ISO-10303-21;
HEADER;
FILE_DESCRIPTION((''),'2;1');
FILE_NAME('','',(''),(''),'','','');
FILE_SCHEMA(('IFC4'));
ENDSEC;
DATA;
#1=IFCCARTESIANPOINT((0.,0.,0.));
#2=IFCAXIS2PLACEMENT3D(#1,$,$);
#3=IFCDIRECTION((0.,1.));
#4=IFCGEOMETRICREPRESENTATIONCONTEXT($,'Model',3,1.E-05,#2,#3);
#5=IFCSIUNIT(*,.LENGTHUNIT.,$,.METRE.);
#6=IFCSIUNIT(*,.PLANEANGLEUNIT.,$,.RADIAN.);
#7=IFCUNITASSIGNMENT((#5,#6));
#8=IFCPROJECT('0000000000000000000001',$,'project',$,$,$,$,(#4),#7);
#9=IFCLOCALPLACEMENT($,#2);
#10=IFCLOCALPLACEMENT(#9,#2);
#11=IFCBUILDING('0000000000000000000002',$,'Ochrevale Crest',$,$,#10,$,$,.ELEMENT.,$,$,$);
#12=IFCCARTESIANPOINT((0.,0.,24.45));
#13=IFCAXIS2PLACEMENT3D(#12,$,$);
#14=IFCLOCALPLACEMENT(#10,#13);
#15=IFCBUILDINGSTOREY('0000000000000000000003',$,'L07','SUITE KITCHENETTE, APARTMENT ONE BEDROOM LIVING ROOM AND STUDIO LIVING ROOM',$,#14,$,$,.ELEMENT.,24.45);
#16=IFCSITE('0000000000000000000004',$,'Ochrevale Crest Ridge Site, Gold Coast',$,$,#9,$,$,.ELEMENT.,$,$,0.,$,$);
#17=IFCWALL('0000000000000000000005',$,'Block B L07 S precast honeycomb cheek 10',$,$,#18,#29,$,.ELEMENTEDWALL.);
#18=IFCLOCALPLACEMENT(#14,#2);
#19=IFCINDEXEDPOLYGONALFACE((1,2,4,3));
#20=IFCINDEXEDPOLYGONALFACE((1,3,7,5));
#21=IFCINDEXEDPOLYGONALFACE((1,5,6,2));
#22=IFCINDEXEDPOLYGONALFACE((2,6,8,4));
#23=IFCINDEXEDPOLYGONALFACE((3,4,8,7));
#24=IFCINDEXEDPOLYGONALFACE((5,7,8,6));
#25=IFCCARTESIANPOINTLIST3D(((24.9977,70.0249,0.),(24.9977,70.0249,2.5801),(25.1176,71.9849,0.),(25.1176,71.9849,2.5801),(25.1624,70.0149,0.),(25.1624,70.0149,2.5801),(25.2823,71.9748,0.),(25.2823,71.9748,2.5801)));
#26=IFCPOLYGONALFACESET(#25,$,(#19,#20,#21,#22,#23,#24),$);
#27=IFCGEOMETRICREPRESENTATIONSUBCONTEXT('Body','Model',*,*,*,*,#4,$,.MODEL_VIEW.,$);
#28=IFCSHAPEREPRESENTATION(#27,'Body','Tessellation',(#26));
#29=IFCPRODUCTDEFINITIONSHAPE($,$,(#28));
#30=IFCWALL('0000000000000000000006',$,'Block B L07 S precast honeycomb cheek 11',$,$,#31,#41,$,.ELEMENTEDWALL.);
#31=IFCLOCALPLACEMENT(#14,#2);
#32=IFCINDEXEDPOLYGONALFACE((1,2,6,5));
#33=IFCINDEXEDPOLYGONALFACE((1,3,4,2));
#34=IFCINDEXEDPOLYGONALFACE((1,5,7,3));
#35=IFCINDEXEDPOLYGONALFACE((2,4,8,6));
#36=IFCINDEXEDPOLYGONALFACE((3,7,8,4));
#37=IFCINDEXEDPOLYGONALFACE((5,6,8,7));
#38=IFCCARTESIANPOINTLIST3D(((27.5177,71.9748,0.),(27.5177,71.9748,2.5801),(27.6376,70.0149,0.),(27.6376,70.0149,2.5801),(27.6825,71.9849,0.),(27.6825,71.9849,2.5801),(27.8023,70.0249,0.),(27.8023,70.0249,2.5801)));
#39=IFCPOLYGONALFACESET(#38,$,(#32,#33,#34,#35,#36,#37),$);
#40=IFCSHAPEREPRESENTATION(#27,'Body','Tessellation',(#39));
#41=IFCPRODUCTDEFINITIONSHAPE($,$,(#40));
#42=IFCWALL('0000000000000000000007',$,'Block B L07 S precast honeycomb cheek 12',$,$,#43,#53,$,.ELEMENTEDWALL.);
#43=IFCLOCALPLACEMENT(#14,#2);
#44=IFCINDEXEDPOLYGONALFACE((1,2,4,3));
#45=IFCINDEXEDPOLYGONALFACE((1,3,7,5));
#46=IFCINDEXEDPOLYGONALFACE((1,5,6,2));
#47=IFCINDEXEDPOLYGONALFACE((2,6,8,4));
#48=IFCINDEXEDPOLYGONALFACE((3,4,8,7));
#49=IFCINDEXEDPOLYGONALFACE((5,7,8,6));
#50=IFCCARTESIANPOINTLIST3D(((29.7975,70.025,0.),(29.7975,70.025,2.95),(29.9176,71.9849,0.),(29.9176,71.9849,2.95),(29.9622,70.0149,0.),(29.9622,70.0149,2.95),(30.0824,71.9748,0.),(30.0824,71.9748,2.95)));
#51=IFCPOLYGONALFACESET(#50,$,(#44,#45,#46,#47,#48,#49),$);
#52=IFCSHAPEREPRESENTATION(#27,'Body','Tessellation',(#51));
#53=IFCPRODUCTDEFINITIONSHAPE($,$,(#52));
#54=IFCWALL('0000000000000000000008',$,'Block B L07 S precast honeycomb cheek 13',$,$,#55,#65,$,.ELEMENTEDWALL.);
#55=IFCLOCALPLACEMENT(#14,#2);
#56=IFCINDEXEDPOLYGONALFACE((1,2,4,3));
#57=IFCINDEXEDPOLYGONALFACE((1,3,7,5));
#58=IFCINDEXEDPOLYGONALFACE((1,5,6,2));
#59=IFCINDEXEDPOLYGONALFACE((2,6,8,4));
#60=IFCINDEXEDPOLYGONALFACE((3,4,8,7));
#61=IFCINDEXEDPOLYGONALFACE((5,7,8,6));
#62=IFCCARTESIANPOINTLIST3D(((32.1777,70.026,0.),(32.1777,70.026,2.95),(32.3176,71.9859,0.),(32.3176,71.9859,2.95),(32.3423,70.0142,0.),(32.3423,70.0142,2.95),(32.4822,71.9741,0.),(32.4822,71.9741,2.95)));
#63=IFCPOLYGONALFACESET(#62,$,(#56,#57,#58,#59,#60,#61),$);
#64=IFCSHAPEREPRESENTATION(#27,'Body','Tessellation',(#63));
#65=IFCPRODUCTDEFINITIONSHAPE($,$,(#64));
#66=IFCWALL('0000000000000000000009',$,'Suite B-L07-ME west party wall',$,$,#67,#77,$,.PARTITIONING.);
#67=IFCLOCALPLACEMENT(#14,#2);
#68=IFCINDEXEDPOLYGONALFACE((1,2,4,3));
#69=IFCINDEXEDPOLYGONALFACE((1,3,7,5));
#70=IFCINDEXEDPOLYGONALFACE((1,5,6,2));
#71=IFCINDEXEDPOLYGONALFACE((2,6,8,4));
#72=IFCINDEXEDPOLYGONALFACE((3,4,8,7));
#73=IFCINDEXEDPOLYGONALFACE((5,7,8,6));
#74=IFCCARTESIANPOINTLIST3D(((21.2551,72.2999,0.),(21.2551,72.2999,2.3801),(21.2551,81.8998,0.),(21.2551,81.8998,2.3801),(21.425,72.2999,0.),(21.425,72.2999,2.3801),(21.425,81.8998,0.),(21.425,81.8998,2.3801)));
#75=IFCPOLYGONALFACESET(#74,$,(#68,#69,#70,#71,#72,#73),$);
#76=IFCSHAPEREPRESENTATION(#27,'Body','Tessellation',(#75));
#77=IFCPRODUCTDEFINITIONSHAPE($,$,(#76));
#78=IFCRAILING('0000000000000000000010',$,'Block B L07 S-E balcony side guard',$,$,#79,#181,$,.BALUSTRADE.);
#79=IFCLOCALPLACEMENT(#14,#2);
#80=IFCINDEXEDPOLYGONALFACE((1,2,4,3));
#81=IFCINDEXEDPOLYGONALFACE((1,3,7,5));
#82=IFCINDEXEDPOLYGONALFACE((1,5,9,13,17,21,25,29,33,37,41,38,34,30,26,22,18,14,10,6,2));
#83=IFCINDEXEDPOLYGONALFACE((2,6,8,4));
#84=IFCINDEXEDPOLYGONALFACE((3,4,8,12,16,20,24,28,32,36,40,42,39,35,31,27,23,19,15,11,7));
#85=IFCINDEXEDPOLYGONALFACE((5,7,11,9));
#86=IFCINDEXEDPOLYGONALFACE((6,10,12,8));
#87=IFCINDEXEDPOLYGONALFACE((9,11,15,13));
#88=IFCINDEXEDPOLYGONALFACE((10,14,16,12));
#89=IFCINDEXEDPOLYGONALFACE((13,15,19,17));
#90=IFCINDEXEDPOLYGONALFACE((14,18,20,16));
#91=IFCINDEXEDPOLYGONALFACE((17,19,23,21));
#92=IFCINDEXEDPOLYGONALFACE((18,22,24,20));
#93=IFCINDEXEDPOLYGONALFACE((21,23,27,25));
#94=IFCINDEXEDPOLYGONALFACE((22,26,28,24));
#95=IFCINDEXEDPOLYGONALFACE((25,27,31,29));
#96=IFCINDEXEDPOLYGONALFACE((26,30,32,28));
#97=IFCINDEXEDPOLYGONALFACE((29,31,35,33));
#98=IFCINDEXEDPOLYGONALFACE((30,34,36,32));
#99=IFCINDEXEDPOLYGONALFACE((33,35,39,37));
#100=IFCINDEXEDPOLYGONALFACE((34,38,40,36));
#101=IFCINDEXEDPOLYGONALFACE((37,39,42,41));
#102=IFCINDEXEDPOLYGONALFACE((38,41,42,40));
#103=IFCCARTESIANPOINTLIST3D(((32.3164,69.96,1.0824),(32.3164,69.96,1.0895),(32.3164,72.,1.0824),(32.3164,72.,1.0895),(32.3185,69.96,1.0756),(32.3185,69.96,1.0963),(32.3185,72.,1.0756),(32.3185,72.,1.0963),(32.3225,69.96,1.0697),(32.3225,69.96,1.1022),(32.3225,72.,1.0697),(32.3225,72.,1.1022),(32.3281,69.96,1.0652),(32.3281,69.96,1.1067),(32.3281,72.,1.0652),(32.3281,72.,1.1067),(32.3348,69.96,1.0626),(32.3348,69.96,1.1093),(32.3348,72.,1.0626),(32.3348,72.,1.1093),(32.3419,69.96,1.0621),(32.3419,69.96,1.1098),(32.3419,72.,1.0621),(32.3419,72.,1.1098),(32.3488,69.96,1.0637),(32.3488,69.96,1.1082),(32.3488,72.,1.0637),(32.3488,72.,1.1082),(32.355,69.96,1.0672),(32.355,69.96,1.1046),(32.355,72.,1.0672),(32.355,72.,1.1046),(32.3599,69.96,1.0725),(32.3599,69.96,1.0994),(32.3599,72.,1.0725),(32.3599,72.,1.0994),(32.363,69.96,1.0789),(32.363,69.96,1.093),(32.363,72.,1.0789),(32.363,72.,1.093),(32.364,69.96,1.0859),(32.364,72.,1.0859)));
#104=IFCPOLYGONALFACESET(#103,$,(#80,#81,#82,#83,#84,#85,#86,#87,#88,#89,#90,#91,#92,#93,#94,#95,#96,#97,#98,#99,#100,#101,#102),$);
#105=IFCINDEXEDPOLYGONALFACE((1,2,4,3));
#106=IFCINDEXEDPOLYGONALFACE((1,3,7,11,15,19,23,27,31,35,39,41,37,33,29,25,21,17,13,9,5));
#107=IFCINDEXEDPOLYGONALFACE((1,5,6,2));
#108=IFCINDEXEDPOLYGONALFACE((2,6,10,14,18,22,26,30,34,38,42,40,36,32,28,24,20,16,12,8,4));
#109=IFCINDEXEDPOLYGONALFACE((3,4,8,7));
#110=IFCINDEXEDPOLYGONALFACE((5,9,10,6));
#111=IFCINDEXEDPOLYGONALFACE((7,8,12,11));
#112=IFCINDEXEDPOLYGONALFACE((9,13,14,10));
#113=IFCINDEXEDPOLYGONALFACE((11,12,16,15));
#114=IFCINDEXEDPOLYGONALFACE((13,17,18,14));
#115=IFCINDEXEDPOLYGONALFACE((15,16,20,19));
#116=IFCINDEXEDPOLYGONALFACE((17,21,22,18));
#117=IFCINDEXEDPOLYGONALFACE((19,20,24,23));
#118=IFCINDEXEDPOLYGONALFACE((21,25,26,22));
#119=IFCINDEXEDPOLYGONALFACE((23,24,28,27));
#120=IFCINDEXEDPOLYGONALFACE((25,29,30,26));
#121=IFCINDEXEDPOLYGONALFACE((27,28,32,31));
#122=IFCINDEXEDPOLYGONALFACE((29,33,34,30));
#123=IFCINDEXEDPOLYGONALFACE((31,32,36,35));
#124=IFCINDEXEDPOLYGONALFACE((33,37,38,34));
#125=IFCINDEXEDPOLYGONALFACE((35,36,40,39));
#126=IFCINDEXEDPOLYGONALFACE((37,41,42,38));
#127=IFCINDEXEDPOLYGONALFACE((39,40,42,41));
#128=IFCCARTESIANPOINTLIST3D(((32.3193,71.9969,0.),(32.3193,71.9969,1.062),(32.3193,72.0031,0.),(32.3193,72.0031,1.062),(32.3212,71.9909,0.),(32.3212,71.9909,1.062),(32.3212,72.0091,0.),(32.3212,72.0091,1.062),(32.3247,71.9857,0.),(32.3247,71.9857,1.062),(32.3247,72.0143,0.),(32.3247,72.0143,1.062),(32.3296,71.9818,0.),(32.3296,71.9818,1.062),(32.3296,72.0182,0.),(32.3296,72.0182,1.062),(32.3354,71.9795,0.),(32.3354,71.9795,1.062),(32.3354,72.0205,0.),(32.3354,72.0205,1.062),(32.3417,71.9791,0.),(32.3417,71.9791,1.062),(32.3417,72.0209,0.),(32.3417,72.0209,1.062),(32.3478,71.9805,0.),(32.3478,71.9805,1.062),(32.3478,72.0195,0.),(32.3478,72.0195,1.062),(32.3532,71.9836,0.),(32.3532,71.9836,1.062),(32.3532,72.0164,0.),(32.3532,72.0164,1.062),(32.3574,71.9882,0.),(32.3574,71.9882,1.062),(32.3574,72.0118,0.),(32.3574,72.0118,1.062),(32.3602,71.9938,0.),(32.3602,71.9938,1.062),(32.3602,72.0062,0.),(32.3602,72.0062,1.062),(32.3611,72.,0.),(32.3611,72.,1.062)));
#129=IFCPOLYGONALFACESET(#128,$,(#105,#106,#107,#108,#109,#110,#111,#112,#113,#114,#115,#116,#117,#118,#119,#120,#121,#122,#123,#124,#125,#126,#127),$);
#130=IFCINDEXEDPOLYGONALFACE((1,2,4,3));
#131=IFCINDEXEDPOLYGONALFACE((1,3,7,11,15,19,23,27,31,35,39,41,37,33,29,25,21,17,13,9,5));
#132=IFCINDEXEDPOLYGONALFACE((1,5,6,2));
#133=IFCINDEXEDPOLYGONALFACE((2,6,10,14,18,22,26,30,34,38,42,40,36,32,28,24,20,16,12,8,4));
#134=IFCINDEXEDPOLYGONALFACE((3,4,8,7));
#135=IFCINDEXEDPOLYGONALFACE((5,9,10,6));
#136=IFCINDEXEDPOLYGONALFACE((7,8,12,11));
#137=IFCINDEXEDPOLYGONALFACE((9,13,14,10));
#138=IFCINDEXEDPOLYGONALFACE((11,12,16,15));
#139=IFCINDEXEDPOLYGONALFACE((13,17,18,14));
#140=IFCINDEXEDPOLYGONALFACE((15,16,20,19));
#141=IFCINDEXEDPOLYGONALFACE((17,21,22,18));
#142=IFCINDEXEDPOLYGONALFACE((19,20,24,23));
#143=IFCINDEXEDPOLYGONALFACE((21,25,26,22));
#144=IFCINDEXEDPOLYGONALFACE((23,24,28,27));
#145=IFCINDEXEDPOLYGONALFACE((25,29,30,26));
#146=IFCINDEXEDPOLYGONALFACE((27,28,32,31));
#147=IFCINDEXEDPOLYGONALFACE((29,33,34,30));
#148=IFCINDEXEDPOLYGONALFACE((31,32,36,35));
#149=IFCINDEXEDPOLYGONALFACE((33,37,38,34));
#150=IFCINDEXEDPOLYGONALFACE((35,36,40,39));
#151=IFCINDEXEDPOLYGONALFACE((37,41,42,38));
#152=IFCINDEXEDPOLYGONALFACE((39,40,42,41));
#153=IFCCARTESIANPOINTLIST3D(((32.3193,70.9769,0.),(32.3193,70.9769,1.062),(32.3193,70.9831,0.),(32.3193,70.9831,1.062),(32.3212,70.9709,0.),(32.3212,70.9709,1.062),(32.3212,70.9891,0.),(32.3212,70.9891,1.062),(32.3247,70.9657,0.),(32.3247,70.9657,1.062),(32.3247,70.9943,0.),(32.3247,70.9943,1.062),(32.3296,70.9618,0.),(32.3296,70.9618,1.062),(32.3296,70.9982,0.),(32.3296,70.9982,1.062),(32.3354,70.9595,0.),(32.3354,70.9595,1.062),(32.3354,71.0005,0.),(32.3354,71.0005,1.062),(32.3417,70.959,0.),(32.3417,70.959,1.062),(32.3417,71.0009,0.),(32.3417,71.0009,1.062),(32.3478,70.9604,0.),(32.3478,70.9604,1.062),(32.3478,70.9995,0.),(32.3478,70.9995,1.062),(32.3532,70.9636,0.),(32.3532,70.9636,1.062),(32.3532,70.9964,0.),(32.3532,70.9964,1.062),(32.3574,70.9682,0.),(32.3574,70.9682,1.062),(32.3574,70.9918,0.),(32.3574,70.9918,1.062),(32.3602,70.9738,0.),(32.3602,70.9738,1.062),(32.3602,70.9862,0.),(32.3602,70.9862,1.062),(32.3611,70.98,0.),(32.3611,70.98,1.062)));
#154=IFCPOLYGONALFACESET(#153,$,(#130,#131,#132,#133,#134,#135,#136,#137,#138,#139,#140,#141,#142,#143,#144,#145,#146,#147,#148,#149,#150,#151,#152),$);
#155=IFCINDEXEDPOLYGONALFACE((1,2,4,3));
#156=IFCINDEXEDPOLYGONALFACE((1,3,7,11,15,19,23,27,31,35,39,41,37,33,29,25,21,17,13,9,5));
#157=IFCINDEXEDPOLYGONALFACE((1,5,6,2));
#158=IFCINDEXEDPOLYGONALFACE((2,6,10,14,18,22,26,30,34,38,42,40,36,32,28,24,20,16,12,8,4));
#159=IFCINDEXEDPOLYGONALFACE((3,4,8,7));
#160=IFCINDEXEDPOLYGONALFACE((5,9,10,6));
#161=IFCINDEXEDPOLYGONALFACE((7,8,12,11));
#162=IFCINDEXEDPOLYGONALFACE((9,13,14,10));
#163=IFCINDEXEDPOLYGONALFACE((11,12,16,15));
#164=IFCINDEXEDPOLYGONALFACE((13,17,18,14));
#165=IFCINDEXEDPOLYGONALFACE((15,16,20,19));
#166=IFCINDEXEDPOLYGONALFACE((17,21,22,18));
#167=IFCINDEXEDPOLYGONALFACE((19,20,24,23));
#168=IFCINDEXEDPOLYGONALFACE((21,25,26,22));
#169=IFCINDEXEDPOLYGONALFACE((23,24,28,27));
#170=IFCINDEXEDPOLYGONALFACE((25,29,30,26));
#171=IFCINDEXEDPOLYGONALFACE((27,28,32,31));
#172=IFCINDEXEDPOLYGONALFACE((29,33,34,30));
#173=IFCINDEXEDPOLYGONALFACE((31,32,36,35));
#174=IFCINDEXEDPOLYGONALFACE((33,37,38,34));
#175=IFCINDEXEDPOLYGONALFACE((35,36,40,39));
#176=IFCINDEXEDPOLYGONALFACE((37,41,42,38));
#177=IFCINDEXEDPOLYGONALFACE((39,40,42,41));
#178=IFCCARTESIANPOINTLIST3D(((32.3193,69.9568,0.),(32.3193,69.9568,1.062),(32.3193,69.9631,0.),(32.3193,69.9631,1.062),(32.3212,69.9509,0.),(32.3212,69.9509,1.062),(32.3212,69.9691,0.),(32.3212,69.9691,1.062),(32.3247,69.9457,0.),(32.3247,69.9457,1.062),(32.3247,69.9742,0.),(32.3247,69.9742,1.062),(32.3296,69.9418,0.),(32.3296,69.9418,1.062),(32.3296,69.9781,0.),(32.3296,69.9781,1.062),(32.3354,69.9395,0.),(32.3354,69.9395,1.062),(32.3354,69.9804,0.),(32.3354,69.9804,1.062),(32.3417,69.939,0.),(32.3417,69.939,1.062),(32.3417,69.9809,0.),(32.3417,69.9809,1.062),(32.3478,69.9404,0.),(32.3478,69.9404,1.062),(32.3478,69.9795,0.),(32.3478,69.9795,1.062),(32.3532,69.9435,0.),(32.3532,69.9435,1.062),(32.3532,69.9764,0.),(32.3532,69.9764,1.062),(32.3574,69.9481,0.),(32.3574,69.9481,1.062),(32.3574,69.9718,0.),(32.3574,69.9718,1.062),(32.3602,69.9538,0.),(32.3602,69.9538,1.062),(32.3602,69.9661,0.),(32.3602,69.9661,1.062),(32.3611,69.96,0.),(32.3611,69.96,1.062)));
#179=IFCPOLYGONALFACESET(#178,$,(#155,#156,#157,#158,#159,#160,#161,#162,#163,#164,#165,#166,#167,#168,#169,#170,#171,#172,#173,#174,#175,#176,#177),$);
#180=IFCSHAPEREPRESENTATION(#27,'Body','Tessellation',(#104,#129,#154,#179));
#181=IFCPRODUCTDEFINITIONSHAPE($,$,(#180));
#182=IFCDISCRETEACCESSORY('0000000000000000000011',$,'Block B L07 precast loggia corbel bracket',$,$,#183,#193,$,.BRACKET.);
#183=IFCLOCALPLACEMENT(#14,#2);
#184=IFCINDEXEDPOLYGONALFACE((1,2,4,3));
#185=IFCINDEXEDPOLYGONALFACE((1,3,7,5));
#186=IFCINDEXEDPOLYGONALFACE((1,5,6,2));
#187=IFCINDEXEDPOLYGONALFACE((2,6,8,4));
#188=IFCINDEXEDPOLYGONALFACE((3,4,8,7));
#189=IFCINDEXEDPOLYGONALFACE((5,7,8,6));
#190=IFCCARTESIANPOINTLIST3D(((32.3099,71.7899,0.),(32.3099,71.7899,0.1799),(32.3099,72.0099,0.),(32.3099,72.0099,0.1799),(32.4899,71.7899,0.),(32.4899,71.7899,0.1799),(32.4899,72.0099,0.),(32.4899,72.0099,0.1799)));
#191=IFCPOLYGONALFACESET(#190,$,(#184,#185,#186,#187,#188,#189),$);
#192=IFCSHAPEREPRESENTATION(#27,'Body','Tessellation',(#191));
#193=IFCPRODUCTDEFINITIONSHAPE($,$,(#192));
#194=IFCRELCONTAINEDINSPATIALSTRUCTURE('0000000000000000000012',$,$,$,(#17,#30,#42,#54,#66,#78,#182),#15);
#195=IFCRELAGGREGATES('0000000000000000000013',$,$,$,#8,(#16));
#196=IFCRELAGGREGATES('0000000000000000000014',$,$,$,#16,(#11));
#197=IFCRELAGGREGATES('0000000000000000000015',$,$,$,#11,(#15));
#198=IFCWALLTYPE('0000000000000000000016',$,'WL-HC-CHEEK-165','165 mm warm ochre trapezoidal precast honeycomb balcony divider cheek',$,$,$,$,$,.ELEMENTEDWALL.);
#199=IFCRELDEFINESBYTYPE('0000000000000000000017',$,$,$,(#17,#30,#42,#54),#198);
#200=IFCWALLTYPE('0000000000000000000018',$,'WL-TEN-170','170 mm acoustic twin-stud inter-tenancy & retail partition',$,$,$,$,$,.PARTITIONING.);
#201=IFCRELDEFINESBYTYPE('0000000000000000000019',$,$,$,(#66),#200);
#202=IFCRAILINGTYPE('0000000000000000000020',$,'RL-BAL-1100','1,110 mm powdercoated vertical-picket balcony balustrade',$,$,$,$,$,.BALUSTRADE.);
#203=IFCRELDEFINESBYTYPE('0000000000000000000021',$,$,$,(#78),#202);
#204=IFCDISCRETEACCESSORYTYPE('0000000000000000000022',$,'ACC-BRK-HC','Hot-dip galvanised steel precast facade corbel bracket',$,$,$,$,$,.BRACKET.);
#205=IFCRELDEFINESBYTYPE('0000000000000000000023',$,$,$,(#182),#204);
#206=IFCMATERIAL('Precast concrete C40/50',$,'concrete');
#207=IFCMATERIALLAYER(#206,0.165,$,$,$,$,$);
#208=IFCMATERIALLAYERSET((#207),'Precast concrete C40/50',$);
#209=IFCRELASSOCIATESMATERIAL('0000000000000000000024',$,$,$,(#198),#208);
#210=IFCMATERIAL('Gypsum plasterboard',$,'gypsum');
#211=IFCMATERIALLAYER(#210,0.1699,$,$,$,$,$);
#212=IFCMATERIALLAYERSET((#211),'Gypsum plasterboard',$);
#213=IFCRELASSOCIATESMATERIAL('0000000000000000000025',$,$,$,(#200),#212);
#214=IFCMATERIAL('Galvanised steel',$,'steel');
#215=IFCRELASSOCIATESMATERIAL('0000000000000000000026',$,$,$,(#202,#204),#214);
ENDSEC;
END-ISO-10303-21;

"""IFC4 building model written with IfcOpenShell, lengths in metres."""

from ifc_helpers import new_model, si_unit, direction, frame, frame_2d, origin, origin_2d, place, context, subcontext, project, spatial, rectangle, circle, extrude, material, layer, layer_set, type_object, element, save


model = new_model("IFC4")

# Units and contexts
model_context = context("Model", 3, precision=1e-05, world=origin(), true_north=direction((0.0, 1.0)))
body_context = subcontext(model_context, "Body", "Model", "MODEL_VIEW")
ifc_project = project(units=[si_unit("LENGTHUNIT", "METRE"), si_unit("PLANEANGLEUNIT", "RADIAN")], contexts=[model_context])

# Site, building, storey
site_placement = place(None, origin())
site = spatial("IfcSite", under=ifc_project, at=site_placement, Name="Ochrevale Crest Ridge Site, Gold Coast", CompositionType="ELEMENT", RefElevation=0.0)
building_placement = place(site_placement, origin())
building = spatial("IfcBuilding", under=site, at=building_placement, Name="Ochrevale Crest", CompositionType="ELEMENT")
storey_placement = place(building_placement, frame((0.0, 0.0, 24.45)))
storey = spatial("IfcBuildingStorey", under=building, at=storey_placement, Name="L07", Description="SUITE KITCHENETTE, APARTMENT ONE BEDROOM LIVING ROOM AND STUDIO LIVING ROOM", CompositionType="ELEMENT", Elevation=24.45)

# Shared definitions
ifc_material_1 = material(Name="Precast concrete C40/50", Category="concrete")

# Walls
ifc_layer_1 = layer(ifc_material_1, 0.165)
ifc_layer_set_1 = layer_set([ifc_layer_1], Name="Precast concrete C40/50")
wall_type_1 = type_object("IfcWallType", Name="WL-HC-CHEEK-165", Description="165 mm warm ochre trapezoidal precast honeycomb balcony divider cheek", PredefinedType="ELEMENTEDWALL", material=ifc_layer_set_1)
for number, where, z_axis, x_axis, name in (
    (1, (25.2, 71.98, 0.0), (0.0, 0.0, 1.0), (-0.061047, -0.998135, 0.0), "Block B L07 S precast honeycomb cheek 10"),
    (2, (27.6001, 71.98, 0.0), (0.0, 0.0, 1.0), (0.061047, -0.998135, 0.0), "Block B L07 S precast honeycomb cheek 11"),
):
    element("IfcWall", number, at=place(storey_placement, frame(where, z_axis=z_axis, x_axis=x_axis)), inside=storey, type_object=wall_type_1, Name=name, PredefinedType="ELEMENTEDWALL", context=body_context, shape_type="SweptSolid", body=[
        extrude(rectangle(XDim=1.9636, YDim=0.165, at=frame_2d((0.9819, 0.0))), origin(), (0.0, 0.0, 1.0), 2.5801),
    ])
wall_1_placement = place(storey_placement, frame((30.0, 71.98, 0.0), z_axis=(0.0, 0.0, 1.0), x_axis=(-0.061171, -0.998127, 0.0)))
element("IfcWall", 3, at=wall_1_placement, inside=storey, type_object=wall_type_1, Name="Block B L07 S precast honeycomb cheek 12", PredefinedType="ELEMENTEDWALL", context=body_context, shape_type="SweptSolid", body=[
    extrude(rectangle(XDim=1.9636, YDim=0.165, at=frame_2d((0.9819, 0.0))), origin(), (0.0, 0.0, 1.0), 2.95),
])
wall_2_placement = place(storey_placement, frame((32.3999, 71.98, 0.0), z_axis=(0.0, 0.0, 1.0), x_axis=(-0.071194, -0.997462, 0.0)))
element("IfcWall", 4, at=wall_2_placement, inside=storey, type_object=wall_type_1, Name="Block B L07 S precast honeycomb cheek 13", PredefinedType="ELEMENTEDWALL", context=body_context, shape_type="SweptSolid", body=[
    extrude(rectangle(XDim=1.9648, YDim=0.165, at=frame_2d((0.9824, 0.0))), origin(), (0.0, 0.0, 1.0), 2.95),
])
ifc_material_2 = material(Name="Gypsum plasterboard", Category="gypsum")
ifc_layer_2 = layer(ifc_material_2, 0.1699)
ifc_layer_set_2 = layer_set([ifc_layer_2], Name="Gypsum plasterboard")
wall_type_2 = type_object("IfcWallType", Name="WL-TEN-170", Description="170 mm acoustic twin-stud inter-tenancy & retail partition", PredefinedType="PARTITIONING", material=ifc_layer_set_2)
wall_3_placement = place(storey_placement, frame((21.3401, 72.3, 0.0), z_axis=(0.0, 0.0, 1.0), x_axis=(0.0, 1.0, 0.0)))
element("IfcWall", 5, at=wall_3_placement, inside=storey, type_object=wall_type_2, Name="Suite B-L07-ME west party wall", PredefinedType="PARTITIONING", context=body_context, shape_type="SweptSolid", body=[
    extrude(rectangle(XDim=9.5999, YDim=0.1699, at=frame_2d((4.7998, 0.0))), origin(), (0.0, 0.0, 1.0), 2.3801),
])

# Railing
ifc_material_3 = material(Name="Galvanised steel", Category="steel")
railing_type = type_object("IfcRailingType", Name="RL-BAL-1100", Description="1,110 mm powdercoated vertical-picket balcony balustrade", PredefinedType="BALUSTRADE", material=ifc_material_3)
railing_placement = place(storey_placement, frame((32.3401, 72.0, 0.0)))
element("IfcRailing", 6, at=railing_placement, inside=storey, type_object=railing_type, Name="Block B L07 S-E balcony side guard", PredefinedType="BALUSTRADE", context=body_context, shape_type="SweptSolid", body=[
    extrude(circle(Radius=0.0239, at=origin_2d()), frame((0.0, 0.0, 1.0859), z_axis=(0.0, -1.0, 0.0), x_axis=(1.0, 0.0, 0.0)), (0.0, 0.0, 1.0), 2.04),
    extrude(circle(Radius=0.021, at=origin_2d()), origin(), (0.0, 0.0, 1.0), 1.062),
    extrude(circle(Radius=0.021, at=origin_2d()), frame((0.0, -1.02, 0.0)), (0.0, 0.0, 1.0), 1.062),
    extrude(circle(Radius=0.021, at=origin_2d()), frame((0.0, -2.04, 0.0)), (0.0, 0.0, 1.0), 1.062),
])

# Discrete accessory
discrete_accessory_type = type_object("IfcDiscreteAccessoryType", Name="ACC-BRK-HC", Description="Hot-dip galvanised steel precast facade corbel bracket", PredefinedType="BRACKET", material=ifc_material_3)
discrete_accessory_placement = place(storey_placement, frame((32.3999, 71.8999, 0.0), z_axis=(0.0, 0.0, 1.0), x_axis=(1.0, 0.0, 0.0)))
element("IfcDiscreteAccessory", 7, at=discrete_accessory_placement, inside=storey, type_object=discrete_accessory_type, Name="Block B L07 precast loggia corbel bracket", PredefinedType="BRACKET", context=body_context, shape_type="SweptSolid", body=[
    extrude(rectangle(XDim=0.1799, YDim=0.22, at=origin_2d()), origin(), (0.0, 0.0, 1.0), 0.1799),
])

save(model, "model.ifc")
